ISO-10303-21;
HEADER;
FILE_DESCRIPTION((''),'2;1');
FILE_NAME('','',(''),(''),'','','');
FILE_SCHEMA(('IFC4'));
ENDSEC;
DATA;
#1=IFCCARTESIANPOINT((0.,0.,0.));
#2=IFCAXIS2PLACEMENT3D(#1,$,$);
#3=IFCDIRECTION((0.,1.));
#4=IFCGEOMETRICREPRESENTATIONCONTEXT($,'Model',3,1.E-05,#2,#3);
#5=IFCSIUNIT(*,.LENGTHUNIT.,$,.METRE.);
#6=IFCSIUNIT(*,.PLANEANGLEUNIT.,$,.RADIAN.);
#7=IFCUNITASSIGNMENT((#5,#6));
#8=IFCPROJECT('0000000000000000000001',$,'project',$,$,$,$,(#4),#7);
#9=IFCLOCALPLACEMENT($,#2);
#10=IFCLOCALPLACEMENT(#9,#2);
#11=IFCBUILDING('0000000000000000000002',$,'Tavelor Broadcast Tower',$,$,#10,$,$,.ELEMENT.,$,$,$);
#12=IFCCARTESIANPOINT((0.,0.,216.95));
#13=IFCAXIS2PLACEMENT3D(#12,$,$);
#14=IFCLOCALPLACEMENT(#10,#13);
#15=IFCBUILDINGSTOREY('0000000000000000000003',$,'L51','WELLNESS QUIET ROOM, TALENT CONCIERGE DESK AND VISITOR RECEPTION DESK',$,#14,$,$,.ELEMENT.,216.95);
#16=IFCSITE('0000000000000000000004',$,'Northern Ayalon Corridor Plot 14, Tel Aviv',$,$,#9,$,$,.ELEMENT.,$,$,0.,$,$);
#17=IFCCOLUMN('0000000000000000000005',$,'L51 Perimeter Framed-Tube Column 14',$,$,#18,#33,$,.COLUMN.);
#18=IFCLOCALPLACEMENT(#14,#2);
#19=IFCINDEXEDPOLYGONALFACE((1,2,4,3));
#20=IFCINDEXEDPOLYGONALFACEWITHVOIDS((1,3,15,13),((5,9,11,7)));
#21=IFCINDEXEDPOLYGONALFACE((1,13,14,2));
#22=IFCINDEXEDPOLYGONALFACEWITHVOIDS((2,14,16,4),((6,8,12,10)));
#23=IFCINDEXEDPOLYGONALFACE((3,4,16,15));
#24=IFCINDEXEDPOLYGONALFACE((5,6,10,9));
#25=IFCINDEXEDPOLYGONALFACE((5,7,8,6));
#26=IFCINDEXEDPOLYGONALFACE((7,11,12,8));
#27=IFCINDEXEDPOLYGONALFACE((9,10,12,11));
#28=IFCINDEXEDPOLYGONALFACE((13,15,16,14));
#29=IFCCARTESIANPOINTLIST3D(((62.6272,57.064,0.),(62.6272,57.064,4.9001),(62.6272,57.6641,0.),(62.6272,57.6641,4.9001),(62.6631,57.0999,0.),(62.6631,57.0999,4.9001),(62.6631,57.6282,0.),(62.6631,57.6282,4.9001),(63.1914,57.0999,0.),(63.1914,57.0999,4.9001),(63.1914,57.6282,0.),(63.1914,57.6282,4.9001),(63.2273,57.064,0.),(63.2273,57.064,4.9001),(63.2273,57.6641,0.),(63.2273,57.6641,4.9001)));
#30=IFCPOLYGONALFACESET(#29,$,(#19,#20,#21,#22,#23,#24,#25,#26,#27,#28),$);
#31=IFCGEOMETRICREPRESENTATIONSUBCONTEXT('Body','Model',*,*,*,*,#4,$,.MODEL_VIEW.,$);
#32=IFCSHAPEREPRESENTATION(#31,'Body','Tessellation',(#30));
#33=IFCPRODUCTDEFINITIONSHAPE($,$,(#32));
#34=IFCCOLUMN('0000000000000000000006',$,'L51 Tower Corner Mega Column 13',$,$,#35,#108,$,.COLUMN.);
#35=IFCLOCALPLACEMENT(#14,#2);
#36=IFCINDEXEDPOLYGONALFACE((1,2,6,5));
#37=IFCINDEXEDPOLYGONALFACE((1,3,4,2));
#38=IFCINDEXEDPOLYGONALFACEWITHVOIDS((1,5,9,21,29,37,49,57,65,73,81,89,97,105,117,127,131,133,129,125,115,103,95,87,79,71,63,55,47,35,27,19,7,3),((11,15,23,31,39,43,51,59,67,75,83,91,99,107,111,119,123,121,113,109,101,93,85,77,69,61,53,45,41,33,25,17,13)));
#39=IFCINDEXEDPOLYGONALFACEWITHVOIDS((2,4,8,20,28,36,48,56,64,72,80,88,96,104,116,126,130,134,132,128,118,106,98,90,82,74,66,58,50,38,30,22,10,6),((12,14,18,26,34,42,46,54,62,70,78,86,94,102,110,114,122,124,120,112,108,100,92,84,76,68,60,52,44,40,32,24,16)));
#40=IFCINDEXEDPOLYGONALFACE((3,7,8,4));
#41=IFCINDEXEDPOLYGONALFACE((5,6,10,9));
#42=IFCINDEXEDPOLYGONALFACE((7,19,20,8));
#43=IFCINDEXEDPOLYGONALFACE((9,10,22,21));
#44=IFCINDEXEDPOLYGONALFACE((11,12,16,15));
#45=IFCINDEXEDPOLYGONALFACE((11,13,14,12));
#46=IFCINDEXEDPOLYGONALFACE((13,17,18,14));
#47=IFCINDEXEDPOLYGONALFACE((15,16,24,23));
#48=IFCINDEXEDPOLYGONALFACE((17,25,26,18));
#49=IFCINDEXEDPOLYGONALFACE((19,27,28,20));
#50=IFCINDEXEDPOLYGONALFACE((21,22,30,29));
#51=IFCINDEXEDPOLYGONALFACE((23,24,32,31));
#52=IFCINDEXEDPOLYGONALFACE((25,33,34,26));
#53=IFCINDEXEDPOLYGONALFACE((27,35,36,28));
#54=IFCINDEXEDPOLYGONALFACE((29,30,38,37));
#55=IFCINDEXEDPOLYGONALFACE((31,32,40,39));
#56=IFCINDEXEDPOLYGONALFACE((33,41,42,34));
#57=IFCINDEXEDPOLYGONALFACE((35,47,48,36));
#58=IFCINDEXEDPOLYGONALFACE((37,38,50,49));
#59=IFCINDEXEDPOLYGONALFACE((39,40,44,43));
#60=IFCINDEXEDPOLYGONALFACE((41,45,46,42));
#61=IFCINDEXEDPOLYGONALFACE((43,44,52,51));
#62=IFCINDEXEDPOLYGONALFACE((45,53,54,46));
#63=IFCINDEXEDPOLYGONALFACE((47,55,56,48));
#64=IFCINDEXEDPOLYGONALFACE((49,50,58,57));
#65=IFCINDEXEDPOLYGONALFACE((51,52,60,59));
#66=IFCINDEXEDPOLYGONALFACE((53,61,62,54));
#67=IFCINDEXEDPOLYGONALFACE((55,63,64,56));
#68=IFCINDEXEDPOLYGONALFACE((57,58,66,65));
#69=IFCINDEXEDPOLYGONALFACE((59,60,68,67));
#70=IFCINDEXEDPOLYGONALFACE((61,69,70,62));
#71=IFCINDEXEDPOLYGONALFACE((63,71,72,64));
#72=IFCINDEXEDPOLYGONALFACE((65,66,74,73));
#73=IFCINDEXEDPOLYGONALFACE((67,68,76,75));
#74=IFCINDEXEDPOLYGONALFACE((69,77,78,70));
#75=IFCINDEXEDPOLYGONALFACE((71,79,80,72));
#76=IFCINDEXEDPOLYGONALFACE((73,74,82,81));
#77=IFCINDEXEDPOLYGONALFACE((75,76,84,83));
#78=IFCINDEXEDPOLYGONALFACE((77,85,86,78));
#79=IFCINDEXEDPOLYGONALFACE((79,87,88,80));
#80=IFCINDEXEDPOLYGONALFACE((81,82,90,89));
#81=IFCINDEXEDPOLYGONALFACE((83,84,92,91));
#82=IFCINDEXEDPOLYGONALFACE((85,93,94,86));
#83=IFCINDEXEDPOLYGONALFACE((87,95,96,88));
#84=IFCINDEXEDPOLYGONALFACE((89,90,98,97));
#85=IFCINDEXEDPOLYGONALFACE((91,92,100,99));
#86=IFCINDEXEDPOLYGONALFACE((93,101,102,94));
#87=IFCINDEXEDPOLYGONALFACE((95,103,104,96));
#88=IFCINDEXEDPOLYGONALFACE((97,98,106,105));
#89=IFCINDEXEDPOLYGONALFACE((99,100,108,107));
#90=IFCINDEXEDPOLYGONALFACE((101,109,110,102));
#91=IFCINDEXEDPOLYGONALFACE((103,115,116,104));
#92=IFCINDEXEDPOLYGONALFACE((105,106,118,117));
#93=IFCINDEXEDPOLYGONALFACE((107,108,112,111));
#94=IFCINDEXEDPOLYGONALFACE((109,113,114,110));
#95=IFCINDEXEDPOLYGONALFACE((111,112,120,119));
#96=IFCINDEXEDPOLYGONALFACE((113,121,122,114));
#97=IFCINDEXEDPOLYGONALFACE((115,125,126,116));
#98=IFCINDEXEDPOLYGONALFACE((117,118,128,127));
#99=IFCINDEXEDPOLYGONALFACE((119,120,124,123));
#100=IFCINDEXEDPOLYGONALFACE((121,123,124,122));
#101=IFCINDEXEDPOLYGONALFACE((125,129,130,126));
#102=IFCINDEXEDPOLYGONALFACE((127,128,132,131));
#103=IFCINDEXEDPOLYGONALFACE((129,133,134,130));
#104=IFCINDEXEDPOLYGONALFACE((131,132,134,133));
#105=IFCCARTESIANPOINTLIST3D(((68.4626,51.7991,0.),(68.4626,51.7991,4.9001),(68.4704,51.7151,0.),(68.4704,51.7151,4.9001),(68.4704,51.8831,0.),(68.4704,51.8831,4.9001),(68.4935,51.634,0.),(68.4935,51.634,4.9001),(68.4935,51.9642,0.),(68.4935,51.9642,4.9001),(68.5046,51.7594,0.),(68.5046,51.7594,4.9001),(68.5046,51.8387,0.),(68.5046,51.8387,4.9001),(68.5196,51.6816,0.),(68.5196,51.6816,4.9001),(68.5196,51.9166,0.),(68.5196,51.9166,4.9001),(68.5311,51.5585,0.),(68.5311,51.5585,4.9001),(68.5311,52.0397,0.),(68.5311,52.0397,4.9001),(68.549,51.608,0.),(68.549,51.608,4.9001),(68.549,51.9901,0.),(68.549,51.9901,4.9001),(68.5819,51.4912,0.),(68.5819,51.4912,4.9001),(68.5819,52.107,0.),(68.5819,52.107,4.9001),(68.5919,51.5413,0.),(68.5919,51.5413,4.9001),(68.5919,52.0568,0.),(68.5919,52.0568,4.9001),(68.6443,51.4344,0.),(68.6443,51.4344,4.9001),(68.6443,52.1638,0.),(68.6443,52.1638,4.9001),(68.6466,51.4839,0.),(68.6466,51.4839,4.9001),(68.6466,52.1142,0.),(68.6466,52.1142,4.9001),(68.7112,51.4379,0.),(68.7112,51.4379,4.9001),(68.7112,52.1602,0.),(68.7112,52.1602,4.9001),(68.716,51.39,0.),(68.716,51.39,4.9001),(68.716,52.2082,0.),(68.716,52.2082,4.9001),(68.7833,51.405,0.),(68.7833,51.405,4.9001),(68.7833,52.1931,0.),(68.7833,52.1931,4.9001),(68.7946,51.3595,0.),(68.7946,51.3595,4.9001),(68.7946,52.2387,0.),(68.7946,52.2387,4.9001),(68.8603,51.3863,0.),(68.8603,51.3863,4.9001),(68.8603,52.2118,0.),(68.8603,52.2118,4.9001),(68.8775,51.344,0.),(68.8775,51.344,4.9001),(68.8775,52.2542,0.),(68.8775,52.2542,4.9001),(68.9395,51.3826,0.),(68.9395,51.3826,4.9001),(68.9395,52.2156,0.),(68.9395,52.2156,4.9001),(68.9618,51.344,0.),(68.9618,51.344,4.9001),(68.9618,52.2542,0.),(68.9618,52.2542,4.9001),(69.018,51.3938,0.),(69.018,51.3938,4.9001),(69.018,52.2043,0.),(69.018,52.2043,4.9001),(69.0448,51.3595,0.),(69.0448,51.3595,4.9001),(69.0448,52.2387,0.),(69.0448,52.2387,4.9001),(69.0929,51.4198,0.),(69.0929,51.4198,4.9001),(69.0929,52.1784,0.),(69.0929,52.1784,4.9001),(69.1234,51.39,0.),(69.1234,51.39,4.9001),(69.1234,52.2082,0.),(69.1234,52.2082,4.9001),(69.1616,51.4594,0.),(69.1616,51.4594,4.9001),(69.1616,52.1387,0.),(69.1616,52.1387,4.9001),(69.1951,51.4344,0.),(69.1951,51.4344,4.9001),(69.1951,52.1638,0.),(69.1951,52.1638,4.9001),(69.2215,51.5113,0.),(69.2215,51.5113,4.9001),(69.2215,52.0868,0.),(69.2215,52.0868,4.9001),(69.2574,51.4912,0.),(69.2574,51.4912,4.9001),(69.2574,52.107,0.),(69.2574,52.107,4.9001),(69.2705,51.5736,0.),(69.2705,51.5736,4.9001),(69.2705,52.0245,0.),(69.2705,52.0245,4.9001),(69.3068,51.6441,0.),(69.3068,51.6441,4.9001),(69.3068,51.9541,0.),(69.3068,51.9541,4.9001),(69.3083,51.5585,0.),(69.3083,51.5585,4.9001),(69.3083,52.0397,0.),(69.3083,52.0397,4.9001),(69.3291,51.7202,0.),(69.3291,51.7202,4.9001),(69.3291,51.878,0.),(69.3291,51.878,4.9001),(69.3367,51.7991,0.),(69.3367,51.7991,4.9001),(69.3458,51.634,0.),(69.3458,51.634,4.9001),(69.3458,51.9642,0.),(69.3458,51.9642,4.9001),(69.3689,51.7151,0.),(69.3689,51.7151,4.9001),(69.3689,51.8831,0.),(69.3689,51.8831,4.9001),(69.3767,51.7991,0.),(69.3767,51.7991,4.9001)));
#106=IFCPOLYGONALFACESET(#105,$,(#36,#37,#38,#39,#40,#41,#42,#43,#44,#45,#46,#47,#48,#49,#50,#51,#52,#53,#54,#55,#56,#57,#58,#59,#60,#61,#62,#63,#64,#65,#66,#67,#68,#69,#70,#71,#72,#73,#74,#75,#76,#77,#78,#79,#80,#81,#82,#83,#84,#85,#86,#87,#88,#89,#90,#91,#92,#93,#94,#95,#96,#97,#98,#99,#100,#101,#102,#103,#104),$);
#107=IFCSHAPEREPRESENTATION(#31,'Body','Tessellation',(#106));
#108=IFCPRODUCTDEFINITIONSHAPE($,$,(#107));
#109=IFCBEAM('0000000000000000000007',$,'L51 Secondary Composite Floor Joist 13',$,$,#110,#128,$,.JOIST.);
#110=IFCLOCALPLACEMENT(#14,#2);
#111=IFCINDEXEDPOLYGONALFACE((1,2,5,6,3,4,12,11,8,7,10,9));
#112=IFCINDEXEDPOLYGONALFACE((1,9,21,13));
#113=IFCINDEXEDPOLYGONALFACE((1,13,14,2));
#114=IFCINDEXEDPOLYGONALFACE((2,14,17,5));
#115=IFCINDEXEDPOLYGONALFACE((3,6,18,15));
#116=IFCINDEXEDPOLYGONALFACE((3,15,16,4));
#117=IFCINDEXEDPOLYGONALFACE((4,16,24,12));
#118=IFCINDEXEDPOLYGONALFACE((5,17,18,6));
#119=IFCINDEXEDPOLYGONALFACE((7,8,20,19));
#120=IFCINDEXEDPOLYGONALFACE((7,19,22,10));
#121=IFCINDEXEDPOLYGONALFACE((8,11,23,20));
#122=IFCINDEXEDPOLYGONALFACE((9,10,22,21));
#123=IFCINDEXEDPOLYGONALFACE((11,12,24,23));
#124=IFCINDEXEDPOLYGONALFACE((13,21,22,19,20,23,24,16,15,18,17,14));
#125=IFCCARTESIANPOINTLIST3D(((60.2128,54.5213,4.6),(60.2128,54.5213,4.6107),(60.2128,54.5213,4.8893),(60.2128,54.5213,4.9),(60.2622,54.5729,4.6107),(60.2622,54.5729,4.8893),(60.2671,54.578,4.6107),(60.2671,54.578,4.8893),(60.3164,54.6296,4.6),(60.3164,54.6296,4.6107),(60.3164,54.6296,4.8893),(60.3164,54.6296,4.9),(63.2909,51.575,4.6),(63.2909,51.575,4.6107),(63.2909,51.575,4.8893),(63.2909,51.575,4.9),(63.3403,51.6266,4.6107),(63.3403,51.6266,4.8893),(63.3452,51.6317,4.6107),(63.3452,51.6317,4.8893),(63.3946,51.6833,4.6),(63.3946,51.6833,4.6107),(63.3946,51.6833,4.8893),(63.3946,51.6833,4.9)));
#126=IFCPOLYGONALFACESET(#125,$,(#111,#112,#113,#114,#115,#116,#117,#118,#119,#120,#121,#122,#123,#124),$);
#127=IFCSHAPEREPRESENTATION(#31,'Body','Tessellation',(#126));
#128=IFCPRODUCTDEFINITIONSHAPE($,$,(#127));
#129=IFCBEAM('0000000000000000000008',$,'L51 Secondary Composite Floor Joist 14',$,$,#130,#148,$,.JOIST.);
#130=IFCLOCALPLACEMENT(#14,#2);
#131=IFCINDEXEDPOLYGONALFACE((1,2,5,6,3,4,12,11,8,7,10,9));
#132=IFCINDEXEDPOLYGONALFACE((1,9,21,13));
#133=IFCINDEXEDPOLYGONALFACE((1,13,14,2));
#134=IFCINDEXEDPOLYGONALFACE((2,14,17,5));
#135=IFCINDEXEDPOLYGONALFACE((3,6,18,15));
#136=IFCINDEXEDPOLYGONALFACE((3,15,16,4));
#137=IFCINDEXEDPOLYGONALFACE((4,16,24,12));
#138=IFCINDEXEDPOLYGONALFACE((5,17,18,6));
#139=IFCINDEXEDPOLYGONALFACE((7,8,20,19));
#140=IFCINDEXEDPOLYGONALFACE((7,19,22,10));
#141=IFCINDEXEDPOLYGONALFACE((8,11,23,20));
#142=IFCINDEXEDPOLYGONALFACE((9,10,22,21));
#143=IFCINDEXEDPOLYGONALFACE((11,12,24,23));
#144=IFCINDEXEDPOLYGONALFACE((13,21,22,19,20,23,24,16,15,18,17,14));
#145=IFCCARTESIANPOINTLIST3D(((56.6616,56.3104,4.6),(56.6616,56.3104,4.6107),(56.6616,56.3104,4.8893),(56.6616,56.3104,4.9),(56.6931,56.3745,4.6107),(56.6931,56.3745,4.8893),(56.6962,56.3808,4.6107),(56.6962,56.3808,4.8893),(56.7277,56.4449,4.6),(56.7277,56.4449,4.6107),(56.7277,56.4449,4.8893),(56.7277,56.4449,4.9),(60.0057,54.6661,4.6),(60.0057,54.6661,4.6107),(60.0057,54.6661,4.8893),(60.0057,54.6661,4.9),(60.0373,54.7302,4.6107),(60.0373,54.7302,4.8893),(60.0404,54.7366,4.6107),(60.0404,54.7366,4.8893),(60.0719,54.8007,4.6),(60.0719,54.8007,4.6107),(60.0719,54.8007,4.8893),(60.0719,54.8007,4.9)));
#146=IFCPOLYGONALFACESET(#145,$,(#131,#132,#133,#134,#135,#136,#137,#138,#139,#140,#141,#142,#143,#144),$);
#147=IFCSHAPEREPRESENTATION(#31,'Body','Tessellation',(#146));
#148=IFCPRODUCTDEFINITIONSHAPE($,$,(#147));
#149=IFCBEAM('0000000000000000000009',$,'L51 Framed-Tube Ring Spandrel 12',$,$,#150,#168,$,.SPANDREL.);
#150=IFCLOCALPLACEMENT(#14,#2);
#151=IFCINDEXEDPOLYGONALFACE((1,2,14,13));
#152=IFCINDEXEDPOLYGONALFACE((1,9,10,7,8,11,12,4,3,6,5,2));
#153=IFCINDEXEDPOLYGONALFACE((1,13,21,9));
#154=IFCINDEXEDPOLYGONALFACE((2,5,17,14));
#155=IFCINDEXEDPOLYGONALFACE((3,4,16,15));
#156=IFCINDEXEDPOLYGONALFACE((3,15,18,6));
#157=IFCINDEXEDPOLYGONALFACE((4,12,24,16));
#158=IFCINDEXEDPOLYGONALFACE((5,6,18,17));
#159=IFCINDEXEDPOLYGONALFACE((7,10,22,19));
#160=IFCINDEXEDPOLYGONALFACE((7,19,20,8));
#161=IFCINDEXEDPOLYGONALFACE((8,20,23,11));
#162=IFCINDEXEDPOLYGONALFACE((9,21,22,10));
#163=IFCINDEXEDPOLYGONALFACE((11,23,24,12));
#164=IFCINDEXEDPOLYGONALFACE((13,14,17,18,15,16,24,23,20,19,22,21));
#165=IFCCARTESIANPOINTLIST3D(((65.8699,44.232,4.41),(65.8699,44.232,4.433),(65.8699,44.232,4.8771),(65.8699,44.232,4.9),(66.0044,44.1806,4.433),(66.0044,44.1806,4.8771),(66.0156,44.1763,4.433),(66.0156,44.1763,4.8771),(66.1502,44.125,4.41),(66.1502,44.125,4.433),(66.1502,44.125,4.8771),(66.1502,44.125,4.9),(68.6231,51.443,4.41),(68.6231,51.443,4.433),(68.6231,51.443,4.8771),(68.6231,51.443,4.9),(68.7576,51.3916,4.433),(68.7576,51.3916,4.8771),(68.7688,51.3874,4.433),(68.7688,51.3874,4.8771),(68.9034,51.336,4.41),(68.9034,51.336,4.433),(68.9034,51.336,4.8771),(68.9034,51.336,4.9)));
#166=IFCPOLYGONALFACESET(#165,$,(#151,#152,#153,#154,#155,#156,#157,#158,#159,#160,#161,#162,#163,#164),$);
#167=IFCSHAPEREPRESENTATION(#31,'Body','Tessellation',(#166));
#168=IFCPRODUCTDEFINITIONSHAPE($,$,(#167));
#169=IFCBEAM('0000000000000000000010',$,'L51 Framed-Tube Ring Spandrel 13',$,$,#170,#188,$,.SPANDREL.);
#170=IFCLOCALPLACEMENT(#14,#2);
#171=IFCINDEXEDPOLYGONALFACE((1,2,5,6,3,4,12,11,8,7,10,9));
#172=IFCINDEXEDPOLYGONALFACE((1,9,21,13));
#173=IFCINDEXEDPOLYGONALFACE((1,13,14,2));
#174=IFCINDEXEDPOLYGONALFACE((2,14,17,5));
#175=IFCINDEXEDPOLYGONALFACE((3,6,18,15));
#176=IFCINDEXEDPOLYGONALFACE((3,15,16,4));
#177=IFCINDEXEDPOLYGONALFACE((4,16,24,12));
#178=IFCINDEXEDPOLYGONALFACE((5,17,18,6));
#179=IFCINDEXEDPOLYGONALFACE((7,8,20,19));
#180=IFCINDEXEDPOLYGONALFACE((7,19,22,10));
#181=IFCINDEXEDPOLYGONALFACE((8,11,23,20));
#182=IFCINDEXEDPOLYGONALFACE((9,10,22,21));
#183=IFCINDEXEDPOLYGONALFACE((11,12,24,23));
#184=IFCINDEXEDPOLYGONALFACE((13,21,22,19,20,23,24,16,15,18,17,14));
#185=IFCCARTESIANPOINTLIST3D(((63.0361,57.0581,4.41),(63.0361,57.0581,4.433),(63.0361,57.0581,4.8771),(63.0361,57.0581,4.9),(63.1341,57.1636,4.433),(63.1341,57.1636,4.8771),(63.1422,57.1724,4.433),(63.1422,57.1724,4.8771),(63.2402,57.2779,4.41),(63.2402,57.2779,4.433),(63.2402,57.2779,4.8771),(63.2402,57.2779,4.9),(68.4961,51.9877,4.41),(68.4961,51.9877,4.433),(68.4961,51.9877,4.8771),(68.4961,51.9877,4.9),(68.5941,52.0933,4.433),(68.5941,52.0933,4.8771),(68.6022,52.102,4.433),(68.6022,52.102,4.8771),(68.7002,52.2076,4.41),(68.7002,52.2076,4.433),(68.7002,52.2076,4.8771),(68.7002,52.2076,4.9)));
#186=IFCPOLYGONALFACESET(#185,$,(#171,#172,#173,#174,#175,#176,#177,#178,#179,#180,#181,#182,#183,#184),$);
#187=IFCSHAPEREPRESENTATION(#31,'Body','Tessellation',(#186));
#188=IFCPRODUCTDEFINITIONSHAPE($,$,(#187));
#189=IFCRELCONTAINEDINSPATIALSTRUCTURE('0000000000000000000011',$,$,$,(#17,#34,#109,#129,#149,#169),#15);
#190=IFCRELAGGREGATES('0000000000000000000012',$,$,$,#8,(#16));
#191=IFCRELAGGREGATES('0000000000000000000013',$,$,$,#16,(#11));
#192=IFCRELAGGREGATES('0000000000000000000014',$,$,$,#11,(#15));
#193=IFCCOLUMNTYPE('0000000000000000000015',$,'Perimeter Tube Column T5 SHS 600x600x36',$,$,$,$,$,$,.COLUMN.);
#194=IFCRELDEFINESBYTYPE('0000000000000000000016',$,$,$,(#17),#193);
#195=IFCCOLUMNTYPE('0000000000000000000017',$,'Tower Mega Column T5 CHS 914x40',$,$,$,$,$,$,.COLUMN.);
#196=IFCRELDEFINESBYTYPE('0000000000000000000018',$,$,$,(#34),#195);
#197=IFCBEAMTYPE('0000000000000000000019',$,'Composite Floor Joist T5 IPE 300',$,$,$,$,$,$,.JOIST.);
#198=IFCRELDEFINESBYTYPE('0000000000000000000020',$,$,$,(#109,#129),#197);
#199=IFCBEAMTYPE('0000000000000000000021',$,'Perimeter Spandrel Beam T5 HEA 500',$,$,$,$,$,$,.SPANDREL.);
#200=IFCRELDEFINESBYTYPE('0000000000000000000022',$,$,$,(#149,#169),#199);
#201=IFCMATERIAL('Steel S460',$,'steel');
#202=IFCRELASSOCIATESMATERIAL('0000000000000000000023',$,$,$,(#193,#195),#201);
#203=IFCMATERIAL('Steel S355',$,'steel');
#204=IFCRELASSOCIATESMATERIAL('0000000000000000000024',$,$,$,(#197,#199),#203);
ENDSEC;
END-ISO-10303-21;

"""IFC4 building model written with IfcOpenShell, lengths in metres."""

from ifc_helpers import new_model, si_unit, direction, frame, origin, origin_2d, place, context, subcontext, project, spatial, hollow_rectangle, hollow_circle, i_section, extrude, material, material_profile, profile_set, type_object, element, save


model = new_model("IFC4")

# Units and contexts
model_context = context("Model", 3, precision=1e-05, world=origin(), true_north=direction((0.0, 1.0)))
body_context = subcontext(model_context, "Body", "Model", "MODEL_VIEW")
ifc_project = project(units=[si_unit("LENGTHUNIT", "METRE"), si_unit("PLANEANGLEUNIT", "RADIAN")], contexts=[model_context])

# Site, building, storey
site_placement = place(None, origin())
site = spatial("IfcSite", under=ifc_project, at=site_placement, Name="Northern Ayalon Corridor Plot 14, Tel Aviv", CompositionType="ELEMENT", RefElevation=0.0)
building_placement = place(site_placement, origin())
building = spatial("IfcBuilding", under=site, at=building_placement, Name="Tavelor Broadcast Tower", CompositionType="ELEMENT")
storey_placement = place(building_placement, frame((0.0, 0.0, 216.95)))
storey = spatial("IfcBuildingStorey", under=building, at=storey_placement, Name="L51", Description="WELLNESS QUIET ROOM, TALENT CONCIERGE DESK AND VISITOR RECEPTION DESK", CompositionType="ELEMENT", Elevation=216.95)

# Columns
ifc_material_1 = material(Name="Steel S460", Category="steel")
ifc_material_profile_1 = material_profile(ifc_material_1, hollow_rectangle(XDim=0.6001, YDim=0.6001, WallThickness=0.0359, at=origin_2d()), Name="SHS 600x600x36")
ifc_profile_set_1 = profile_set([ifc_material_profile_1], Name="Steel S460")
column_type_1 = type_object("IfcColumnType", Name="Perimeter Tube Column T5 SHS 600x600x36", PredefinedType="COLUMN", material=ifc_profile_set_1)
column_1_placement = place(storey_placement, frame((62.9272, 57.364, 0.0), z_axis=(0.0, 0.0, 1.0), x_axis=(1.0, 0.0, 0.0)))
element("IfcColumn", 1, at=column_1_placement, inside=storey, type_object=column_type_1, Name="L51 Perimeter Framed-Tube Column 14", PredefinedType="COLUMN", context=body_context, shape_type="SweptSolid", body=[
    extrude(hollow_rectangle(XDim=0.6001, YDim=0.6001, WallThickness=0.0359, at=origin_2d()), origin(), (0.0, 0.0, 1.0), 4.9001),
])
ifc_material_profile_2 = material_profile(ifc_material_1, hollow_circle(Radius=0.457, WallThickness=0.04, at=origin_2d()), Name="CHS 914x40")
ifc_profile_set_2 = profile_set([ifc_material_profile_2], Name="Steel S460")
column_type_2 = type_object("IfcColumnType", Name="Tower Mega Column T5 CHS 914x40", PredefinedType="COLUMN", material=ifc_profile_set_2)
column_2_placement = place(storey_placement, frame((68.9197, 51.7991, 0.0), z_axis=(0.0, 0.0, 1.0), x_axis=(1.0, 0.0, 0.0)))
element("IfcColumn", 2, at=column_2_placement, inside=storey, type_object=column_type_2, Name="L51 Tower Corner Mega Column 13", PredefinedType="COLUMN", context=body_context, shape_type="SweptSolid", body=[
    extrude(hollow_circle(Radius=0.457, WallThickness=0.04, at=origin_2d()), origin(), (0.0, 0.0, 1.0), 4.9001),
])

# Beams
ifc_material_2 = material(Name="Steel S355", Category="steel")
ifc_material_profile_3 = material_profile(ifc_material_2, i_section(OverallWidth=0.1499, OverallDepth=0.3, WebThickness=0.0071, FlangeThickness=0.0107, at=origin_2d()), Name="IPE 300")
ifc_profile_set_3 = profile_set([ifc_material_profile_3], Name="Steel S355")
beam_type_1 = type_object("IfcBeamType", Name="Composite Floor Joist T5 IPE 300", PredefinedType="JOIST", material=ifc_profile_set_3)
beam_1_placement = place(storey_placement, frame((63.3428, 51.6292, 4.75), z_axis=(-0.722408, 0.691467, 0.0), x_axis=(-0.691467, -0.722408, 0.0)))
element("IfcBeam", 3, at=beam_1_placement, inside=storey, type_object=beam_type_1, Name="L51 Secondary Composite Floor Joist 13", PredefinedType="JOIST", context=body_context, shape_type="SweptSolid", body=[
    extrude(i_section(OverallWidth=0.1499, OverallDepth=0.3, WebThickness=0.0071, FlangeThickness=0.0107, at=origin_2d()), origin(), (0.0, 0.0, 1.0), 4.261),
])
beam_2_placement = place(storey_placement, frame((60.0388, 54.7334, 4.75), z_axis=(-0.897395, 0.441229, 0.0), x_axis=(-0.441229, -0.897395, 0.0)))
element("IfcBeam", 4, at=beam_2_placement, inside=storey, type_object=beam_type_1, Name="L51 Secondary Composite Floor Joist 14", PredefinedType="JOIST", context=body_context, shape_type="SweptSolid", body=[
    extrude(i_section(OverallWidth=0.1499, OverallDepth=0.3, WebThickness=0.0071, FlangeThickness=0.0107, at=origin_2d()), origin(), (0.0, 0.0, 1.0), 3.7266),
])
ifc_material_profile_4 = material_profile(ifc_material_2, i_section(OverallWidth=0.3, OverallDepth=0.49, WebThickness=0.012, FlangeThickness=0.0229, at=origin_2d()), Name="HEA 500")
ifc_profile_set_4 = profile_set([ifc_material_profile_4], Name="Steel S355")
beam_type_2 = type_object("IfcBeamType", Name="Perimeter Spandrel Beam T5 HEA 500", PredefinedType="SPANDREL", material=ifc_profile_set_4)
beam_3_placement = place(storey_placement, frame((66.01, 44.1785, 4.655), z_axis=(0.356691, 0.934222, 0.0), x_axis=(-0.934222, 0.356691, 0.0)))
element("IfcBeam", 5, at=beam_3_placement, inside=storey, type_object=beam_type_2, Name="L51 Framed-Tube Ring Spandrel 12", PredefinedType="SPANDREL", context=body_context, shape_type="SweptSolid", body=[
    extrude(i_section(OverallWidth=0.3, OverallDepth=0.49, WebThickness=0.012, FlangeThickness=0.0229, at=origin_2d()), origin(), (0.0, 0.0, 1.0), 7.7188),
])
beam_4_placement = place(storey_placement, frame((68.5981, 52.0977, 4.655), z_axis=(-0.73277, 0.680476, 0.0), x_axis=(-0.680476, -0.73277, 0.0)))
element("IfcBeam", 6, at=beam_4_placement, inside=storey, type_object=beam_type_2, Name="L51 Framed-Tube Ring Spandrel 13", PredefinedType="SPANDREL", context=body_context, shape_type="SweptSolid", body=[
    extrude(i_section(OverallWidth=0.3, OverallDepth=0.49, WebThickness=0.012, FlangeThickness=0.0229, at=origin_2d()), origin(), (0.0, 0.0, 1.0), 7.4512),
])

save(model, "model.ifc")
